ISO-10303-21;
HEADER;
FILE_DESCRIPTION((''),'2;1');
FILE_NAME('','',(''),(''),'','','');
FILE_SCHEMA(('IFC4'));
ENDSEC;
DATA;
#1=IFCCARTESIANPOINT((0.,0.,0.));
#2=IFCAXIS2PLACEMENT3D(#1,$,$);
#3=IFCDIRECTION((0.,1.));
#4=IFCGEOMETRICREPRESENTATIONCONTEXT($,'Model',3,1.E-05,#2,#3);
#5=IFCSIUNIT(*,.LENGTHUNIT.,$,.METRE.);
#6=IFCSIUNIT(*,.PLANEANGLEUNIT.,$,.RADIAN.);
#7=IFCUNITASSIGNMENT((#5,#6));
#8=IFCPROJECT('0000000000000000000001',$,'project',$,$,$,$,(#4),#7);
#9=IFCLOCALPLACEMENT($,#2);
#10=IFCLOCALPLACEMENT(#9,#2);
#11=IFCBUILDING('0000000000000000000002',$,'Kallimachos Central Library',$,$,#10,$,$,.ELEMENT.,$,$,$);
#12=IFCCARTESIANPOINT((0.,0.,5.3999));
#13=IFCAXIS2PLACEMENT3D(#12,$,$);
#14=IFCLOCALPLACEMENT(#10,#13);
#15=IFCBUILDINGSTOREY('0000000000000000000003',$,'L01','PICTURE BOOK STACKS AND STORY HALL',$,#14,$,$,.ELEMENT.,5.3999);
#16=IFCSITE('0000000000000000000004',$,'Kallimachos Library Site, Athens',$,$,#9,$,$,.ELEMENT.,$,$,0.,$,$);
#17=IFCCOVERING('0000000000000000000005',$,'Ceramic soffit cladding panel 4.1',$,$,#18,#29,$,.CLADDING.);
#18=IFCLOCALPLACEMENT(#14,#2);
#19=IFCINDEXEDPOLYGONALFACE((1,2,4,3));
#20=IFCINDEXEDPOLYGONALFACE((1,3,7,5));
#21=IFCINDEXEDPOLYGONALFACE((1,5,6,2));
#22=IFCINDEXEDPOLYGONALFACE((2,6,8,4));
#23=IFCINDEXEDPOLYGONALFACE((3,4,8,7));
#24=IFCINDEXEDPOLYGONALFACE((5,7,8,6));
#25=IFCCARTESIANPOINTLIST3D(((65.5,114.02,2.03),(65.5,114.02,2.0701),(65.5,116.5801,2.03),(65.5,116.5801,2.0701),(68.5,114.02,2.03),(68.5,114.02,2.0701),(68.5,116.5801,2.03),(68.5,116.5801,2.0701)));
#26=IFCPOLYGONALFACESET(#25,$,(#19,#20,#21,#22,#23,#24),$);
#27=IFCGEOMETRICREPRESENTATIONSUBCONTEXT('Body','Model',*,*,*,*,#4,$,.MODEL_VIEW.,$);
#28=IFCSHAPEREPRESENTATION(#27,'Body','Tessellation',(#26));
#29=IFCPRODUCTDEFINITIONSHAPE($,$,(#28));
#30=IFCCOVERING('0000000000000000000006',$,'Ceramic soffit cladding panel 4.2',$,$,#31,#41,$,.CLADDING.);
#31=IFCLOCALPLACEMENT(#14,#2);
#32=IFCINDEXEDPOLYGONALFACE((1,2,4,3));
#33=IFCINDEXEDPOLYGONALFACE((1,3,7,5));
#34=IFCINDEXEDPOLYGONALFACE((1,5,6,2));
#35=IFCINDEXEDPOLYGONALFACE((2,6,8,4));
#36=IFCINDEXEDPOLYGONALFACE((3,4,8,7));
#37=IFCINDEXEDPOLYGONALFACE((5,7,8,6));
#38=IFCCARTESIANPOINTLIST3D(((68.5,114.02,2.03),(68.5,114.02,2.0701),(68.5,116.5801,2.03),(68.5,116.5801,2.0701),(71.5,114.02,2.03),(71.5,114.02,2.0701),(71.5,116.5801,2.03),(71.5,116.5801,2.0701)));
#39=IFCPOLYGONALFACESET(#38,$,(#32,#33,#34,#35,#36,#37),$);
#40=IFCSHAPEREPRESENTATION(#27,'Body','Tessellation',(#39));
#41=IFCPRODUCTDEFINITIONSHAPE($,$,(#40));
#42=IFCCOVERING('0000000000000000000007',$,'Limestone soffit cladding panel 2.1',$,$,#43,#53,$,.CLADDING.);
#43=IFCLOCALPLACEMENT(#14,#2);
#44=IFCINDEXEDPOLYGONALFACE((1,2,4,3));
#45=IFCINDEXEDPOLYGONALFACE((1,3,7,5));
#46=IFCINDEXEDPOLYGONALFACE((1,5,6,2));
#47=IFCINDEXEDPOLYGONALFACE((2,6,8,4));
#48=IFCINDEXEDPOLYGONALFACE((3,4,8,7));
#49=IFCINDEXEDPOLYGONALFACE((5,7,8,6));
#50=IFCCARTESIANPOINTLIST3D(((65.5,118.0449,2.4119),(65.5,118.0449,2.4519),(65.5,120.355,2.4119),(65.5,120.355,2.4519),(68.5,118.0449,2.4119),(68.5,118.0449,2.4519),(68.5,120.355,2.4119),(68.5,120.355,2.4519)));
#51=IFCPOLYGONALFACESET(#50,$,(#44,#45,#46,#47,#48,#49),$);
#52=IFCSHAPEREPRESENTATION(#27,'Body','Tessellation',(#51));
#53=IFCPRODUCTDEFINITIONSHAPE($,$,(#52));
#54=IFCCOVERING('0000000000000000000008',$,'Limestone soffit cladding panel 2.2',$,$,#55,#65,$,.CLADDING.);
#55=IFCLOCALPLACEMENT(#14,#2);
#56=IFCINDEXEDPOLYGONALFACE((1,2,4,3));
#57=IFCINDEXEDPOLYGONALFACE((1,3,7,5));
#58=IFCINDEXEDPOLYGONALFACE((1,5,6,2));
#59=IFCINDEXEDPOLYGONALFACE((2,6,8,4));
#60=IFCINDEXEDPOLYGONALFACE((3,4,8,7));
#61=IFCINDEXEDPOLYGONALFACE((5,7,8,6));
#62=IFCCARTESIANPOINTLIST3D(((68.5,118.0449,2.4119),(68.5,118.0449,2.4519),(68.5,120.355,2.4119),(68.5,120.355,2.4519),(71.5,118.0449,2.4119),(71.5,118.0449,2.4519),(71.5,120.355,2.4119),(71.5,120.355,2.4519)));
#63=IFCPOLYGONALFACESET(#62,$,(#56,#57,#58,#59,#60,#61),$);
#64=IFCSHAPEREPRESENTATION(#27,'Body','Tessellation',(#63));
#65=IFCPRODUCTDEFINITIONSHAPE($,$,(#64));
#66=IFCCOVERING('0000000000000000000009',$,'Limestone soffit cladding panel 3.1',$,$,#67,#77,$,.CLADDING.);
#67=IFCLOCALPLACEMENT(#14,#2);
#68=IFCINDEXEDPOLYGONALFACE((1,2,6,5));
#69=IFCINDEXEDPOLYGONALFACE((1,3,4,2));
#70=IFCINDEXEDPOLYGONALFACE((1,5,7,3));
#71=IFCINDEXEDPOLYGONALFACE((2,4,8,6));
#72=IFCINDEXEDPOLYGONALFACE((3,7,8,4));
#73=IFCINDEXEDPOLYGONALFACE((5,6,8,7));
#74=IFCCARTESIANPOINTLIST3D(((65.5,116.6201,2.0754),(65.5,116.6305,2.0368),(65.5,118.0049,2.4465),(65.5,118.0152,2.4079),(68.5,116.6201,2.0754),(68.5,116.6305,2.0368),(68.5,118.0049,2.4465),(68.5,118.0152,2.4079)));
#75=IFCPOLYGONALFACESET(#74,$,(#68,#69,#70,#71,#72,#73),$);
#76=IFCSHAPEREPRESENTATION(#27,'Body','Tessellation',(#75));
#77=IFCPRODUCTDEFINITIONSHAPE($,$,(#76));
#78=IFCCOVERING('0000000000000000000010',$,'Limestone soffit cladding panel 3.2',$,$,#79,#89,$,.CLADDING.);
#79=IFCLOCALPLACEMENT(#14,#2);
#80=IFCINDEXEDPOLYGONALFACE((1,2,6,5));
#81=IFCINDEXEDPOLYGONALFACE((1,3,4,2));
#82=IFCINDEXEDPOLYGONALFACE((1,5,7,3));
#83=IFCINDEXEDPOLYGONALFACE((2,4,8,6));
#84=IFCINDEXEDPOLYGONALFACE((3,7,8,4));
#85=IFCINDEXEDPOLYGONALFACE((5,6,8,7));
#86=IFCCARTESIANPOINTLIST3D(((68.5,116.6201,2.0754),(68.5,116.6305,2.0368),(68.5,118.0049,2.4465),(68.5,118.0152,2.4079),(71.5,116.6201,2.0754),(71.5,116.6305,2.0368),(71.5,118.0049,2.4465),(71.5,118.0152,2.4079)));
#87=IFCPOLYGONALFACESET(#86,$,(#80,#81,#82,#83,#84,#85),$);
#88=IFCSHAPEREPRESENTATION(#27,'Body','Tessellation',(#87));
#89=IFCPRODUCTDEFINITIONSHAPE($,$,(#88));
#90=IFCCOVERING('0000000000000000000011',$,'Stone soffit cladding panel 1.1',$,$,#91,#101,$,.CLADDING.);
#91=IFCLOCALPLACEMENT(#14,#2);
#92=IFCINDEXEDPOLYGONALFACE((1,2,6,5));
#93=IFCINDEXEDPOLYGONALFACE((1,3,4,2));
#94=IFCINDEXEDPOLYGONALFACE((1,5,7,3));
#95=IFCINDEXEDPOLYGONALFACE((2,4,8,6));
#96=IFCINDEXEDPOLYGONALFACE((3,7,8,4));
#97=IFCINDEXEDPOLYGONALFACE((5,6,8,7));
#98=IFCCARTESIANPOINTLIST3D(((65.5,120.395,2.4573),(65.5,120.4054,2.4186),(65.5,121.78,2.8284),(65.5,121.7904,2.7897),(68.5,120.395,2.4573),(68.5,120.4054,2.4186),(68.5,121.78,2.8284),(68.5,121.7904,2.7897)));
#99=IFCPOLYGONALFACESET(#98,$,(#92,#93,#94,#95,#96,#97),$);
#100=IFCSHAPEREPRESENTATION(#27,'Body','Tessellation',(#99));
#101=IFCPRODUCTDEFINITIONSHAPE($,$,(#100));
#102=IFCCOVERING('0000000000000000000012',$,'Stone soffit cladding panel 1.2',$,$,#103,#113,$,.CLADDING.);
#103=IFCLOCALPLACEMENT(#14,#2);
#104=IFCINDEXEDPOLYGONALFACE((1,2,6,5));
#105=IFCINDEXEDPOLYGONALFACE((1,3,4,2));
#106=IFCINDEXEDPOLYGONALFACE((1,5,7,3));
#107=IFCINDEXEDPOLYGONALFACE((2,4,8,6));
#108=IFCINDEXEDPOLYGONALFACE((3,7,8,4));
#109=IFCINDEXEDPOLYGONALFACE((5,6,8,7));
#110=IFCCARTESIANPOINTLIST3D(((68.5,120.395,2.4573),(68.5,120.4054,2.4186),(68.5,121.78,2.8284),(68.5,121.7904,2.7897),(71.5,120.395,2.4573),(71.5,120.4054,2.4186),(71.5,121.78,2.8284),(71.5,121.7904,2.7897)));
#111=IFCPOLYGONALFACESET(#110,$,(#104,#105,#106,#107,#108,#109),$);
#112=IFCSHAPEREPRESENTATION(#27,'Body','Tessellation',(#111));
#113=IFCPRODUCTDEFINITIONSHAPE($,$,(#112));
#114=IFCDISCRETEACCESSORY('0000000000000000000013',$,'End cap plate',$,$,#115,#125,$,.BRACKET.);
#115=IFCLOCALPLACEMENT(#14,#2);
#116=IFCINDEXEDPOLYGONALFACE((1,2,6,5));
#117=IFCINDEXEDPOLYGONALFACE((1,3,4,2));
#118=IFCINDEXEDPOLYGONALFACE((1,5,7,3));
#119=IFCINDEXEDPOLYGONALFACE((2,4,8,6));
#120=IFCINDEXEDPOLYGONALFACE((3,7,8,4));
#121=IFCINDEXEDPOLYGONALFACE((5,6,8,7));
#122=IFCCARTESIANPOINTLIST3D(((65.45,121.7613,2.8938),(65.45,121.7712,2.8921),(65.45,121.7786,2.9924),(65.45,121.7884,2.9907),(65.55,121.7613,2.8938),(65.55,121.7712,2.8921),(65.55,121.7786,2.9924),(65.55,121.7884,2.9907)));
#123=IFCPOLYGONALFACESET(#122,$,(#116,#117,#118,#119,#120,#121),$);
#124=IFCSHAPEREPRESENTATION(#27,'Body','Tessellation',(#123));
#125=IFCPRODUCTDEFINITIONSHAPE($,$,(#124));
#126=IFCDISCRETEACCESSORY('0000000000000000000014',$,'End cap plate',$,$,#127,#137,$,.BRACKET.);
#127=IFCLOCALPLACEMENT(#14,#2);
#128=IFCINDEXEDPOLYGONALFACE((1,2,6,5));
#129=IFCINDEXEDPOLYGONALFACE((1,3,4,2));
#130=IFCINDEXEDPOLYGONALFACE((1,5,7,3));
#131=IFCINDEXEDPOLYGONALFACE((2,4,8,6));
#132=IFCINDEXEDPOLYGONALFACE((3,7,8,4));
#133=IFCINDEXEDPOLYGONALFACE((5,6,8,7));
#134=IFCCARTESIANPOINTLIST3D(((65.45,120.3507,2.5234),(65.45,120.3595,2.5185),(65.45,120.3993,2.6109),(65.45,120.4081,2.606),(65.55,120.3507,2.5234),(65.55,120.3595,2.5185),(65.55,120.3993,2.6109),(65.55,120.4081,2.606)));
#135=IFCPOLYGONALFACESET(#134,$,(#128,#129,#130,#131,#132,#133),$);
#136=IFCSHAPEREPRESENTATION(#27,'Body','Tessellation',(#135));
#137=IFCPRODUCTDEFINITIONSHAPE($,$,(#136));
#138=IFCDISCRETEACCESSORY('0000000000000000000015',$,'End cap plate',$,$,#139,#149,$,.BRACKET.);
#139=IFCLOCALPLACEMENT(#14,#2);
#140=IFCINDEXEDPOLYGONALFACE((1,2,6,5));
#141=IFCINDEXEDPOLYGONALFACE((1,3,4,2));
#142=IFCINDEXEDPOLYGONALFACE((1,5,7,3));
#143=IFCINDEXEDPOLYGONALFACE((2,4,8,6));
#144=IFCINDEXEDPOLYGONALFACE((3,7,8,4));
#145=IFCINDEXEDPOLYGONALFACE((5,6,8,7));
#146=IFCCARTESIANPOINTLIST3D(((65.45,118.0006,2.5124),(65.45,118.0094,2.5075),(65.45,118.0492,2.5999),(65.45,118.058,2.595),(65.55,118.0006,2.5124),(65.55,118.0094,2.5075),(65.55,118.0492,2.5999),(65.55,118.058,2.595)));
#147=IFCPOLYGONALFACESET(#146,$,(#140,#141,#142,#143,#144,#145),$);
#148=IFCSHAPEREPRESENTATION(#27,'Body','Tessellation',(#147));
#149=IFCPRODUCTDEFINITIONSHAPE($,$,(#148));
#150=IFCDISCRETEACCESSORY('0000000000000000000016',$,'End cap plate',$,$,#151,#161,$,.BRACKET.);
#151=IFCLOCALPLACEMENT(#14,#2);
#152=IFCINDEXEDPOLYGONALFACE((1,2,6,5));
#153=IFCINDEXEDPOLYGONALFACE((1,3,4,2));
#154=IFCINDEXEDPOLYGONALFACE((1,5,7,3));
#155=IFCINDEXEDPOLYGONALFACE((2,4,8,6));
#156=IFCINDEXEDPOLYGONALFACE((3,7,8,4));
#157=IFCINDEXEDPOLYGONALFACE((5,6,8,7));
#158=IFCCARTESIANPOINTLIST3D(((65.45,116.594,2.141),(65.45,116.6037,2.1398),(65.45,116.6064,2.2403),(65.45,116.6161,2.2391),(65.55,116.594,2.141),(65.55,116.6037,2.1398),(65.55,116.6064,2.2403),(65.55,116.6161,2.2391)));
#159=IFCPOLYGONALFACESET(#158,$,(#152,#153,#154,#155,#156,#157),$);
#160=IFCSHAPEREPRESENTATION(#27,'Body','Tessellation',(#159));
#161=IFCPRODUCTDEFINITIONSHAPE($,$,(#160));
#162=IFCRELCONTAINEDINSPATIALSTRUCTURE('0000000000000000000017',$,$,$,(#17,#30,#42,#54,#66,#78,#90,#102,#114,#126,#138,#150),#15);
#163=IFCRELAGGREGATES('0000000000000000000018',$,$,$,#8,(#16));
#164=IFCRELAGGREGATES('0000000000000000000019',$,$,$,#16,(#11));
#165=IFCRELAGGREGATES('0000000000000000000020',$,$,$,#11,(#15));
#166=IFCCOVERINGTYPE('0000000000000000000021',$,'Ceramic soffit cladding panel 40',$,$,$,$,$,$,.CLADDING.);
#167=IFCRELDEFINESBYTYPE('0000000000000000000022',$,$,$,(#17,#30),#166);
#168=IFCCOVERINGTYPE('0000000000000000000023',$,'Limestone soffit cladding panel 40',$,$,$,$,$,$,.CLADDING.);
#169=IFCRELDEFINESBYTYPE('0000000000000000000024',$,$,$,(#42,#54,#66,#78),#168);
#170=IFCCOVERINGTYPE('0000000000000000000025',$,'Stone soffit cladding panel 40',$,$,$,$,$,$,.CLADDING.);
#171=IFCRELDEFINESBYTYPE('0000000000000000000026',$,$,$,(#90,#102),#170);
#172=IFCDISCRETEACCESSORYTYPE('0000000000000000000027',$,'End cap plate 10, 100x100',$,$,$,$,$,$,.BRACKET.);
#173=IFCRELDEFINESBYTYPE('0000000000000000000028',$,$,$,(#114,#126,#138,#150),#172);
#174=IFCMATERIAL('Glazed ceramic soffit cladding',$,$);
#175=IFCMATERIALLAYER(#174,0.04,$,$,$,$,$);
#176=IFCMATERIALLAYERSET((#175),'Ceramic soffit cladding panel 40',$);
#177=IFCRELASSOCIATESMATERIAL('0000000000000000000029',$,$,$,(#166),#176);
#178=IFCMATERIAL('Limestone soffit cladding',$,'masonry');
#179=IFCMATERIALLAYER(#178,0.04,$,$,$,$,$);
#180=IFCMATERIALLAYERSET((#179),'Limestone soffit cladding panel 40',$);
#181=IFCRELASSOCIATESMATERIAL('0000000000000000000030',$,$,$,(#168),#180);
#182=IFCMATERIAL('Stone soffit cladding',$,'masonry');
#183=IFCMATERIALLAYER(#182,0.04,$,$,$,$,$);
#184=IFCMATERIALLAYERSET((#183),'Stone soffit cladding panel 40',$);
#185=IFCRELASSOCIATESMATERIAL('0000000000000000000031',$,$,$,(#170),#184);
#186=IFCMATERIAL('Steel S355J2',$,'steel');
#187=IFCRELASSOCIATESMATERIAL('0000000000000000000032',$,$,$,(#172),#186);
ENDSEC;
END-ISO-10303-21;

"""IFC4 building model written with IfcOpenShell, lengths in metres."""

from ifc_helpers import new_model, si_unit, direction, frame, origin, origin_2d, place, context, subcontext, project, spatial, polyline, rectangle, outline, extrude, material, layer, layer_set, material_profile, profile_set, type_object, element, save


model = new_model("IFC4")

# Units and contexts
model_context = context("Model", 3, precision=1e-05, world=origin(), true_north=direction((0.0, 1.0)))
body_context = subcontext(model_context, "Body", "Model", "MODEL_VIEW")
ifc_project = project(units=[si_unit("LENGTHUNIT", "METRE"), si_unit("PLANEANGLEUNIT", "RADIAN")], contexts=[model_context])

# Site, building, storey
site_placement = place(None, origin())
site = spatial("IfcSite", under=ifc_project, at=site_placement, Name="Kallimachos Library Site, Athens", CompositionType="ELEMENT", RefElevation=0.0)
building_placement = place(site_placement, origin())
building = spatial("IfcBuilding", under=site, at=building_placement, Name="Kallimachos Central Library", CompositionType="ELEMENT")
storey_placement = place(building_placement, frame((0.0, 0.0, 5.3999)))
storey = spatial("IfcBuildingStorey", under=building, at=storey_placement, Name="L01", Description="PICTURE BOOK STACKS AND STORY HALL", CompositionType="ELEMENT", Elevation=5.3999)

# Coverings
ifc_material_1 = material(Name="Glazed ceramic soffit cladding")
ifc_layer_1 = layer(ifc_material_1, 0.04)
ifc_layer_set_1 = layer_set([ifc_layer_1], Name="Ceramic soffit cladding panel 40")
covering_type_1 = type_object("IfcCoveringType", Name="Ceramic soffit cladding panel 40", PredefinedType="CLADDING", material=ifc_layer_set_1)
for number, where, z_axis, x_axis, name in (
    (1, (65.5, 116.5801, 2.0701), (0.0, 0.0, 1.0), (1.0, 0.0, 0.0), "Ceramic soffit cladding panel 4.1"),
    (2, (68.5, 116.5801, 2.0701), (0.0, 0.0, 1.0), (1.0, 0.0, 0.0), "Ceramic soffit cladding panel 4.2"),
):
    element("IfcCovering", number, at=place(storey_placement, frame(where, z_axis=z_axis, x_axis=x_axis)), inside=storey, type_object=covering_type_1, Name=name, PredefinedType="CLADDING", context=body_context, shape_type="SweptSolid", body=[
        extrude(outline(polyline([(0.0, 0.0), (3.0, 0.0), (3.0, -2.5601), (0.0, -2.5601), (0.0, 0.0)])), origin(), (0.0, 0.0, -1.0), 0.04),
    ])
ifc_material_2 = material(Name="Limestone soffit cladding", Category="masonry")
ifc_layer_2 = layer(ifc_material_2, 0.04)
ifc_layer_set_2 = layer_set([ifc_layer_2], Name="Limestone soffit cladding panel 40")
covering_type_2 = type_object("IfcCoveringType", Name="Limestone soffit cladding panel 40", PredefinedType="CLADDING", material=ifc_layer_set_2)
for number, where, z_axis, x_axis, name in (
    (3, (65.5, 120.355, 2.4519), (0.0, 0.0, 1.0), (1.0, 0.0, 0.0), "Limestone soffit cladding panel 2.1"),
    (4, (68.5, 120.355, 2.4519), (0.0, 0.0, 1.0), (1.0, 0.0, 0.0), "Limestone soffit cladding panel 2.2"),
):
    element("IfcCovering", number, at=place(storey_placement, frame(where, z_axis=z_axis, x_axis=x_axis)), inside=storey, type_object=covering_type_2, Name=name, PredefinedType="CLADDING", context=body_context, shape_type="SweptSolid", body=[
        extrude(outline(polyline([(0.0, 0.0), (3.0, 0.0), (3.0, -2.3101), (0.0, -2.3101), (0.0, 0.0)])), origin(), (0.0, 0.0, -1.0), 0.04),
    ])
for number, where, z_axis, x_axis, name in (
    (5, (65.5, 118.0049, 2.4465), (0.0, -0.25885, 0.965918), (1.0, 0.0, 0.0), "Limestone soffit cladding panel 3.1"),
    (6, (68.5, 118.0049, 2.4465), (0.0, -0.25885, 0.965918), (1.0, 0.0, 0.0), "Limestone soffit cladding panel 3.2"),
):
    element("IfcCovering", number, at=place(storey_placement, frame(where, z_axis=z_axis, x_axis=x_axis)), inside=storey, type_object=covering_type_2, Name=name, PredefinedType="CLADDING", context=body_context, shape_type="SweptSolid", body=[
        extrude(outline(polyline([(0.0, 0.0), (3.0, 0.0), (3.0, -1.4336), (0.0, -1.4336), (0.0, 0.0)])), origin(), (0.0, 0.0, -1.0), 0.04),
    ])
ifc_material_3 = material(Name="Stone soffit cladding", Category="masonry")
ifc_layer_3 = layer(ifc_material_3, 0.04)
ifc_layer_set_3 = layer_set([ifc_layer_3], Name="Stone soffit cladding panel 40")
covering_type_3 = type_object("IfcCoveringType", Name="Stone soffit cladding panel 40", PredefinedType="CLADDING", material=ifc_layer_set_3)
for number, where, z_axis, x_axis, name in (
    (7, (65.5, 121.78, 2.8284), (0.0, -0.258807, 0.965929), (1.0, 0.0, 0.0), "Stone soffit cladding panel 1.1"),
    (8, (68.5, 121.78, 2.8284), (0.0, -0.258807, 0.965929), (1.0, 0.0, 0.0), "Stone soffit cladding panel 1.2"),
):
    element("IfcCovering", number, at=place(storey_placement, frame(where, z_axis=z_axis, x_axis=x_axis)), inside=storey, type_object=covering_type_3, Name=name, PredefinedType="CLADDING", context=body_context, shape_type="SweptSolid", body=[
        extrude(outline(polyline([(0.0, 0.0), (3.0, 0.0), (3.0, -1.4339), (0.0, -1.4339), (0.0, 0.0)])), origin(), (0.0, 0.0, -1.0), 0.04),
    ])

# Discrete accessories
ifc_material_4 = material(Name="Steel S355J2", Category="steel")
ifc_material_profile_1 = material_profile(ifc_material_4, rectangle(XDim=0.1001, YDim=0.1001, at=origin_2d()), Name="End cap plate 10, 100x100")
ifc_profile_set_1 = profile_set([ifc_material_profile_1], Name="Steel S355J2")
discrete_accessory_type = type_object("IfcDiscreteAccessoryType", Name="End cap plate 10, 100x100", PredefinedType="BRACKET", material=ifc_profile_set_1)
for number, where, z_axis, x_axis, name in (
    (9, (65.5, 121.7798, 2.9414), (0.0, -0.98503, 0.17238), (1.0, 0.0, 0.0), "End cap plate"),
    (10, (65.5, 120.3838, 2.5623), (0.0, -0.874157, 0.485643), (1.0, 0.0, 0.0), "End cap plate"),
    (11, (65.5, 118.0337, 2.5513), (0.0, -0.874157, 0.485643), (1.0, 0.0, 0.0), "End cap plate"),
):
    element("IfcDiscreteAccessory", number, at=place(storey_placement, frame(where, z_axis=z_axis, x_axis=x_axis)), inside=storey, type_object=discrete_accessory_type, Name=name, PredefinedType="BRACKET", context=body_context, shape_type="SweptSolid", body=[
        extrude(rectangle(XDim=0.1001, YDim=0.1001, at=origin_2d()), origin(), (0.0, 0.0, 1.0), 0.01),
    ])
discrete_accessory_placement = place(storey_placement, frame((65.5, 116.6099, 2.1895), z_axis=(0.0, -0.992278, 0.124035), x_axis=(1.0, 0.0, 0.0)))
element("IfcDiscreteAccessory", 12, at=discrete_accessory_placement, inside=storey, type_object=discrete_accessory_type, Name="End cap plate", PredefinedType="BRACKET", context=body_context, shape_type="SweptSolid", body=[
    extrude(rectangle(XDim=0.1001, YDim=0.1001, at=origin_2d()), origin(), (0.0, 0.0, 1.0), 0.0098),
])

save(model, "model.ifc")
